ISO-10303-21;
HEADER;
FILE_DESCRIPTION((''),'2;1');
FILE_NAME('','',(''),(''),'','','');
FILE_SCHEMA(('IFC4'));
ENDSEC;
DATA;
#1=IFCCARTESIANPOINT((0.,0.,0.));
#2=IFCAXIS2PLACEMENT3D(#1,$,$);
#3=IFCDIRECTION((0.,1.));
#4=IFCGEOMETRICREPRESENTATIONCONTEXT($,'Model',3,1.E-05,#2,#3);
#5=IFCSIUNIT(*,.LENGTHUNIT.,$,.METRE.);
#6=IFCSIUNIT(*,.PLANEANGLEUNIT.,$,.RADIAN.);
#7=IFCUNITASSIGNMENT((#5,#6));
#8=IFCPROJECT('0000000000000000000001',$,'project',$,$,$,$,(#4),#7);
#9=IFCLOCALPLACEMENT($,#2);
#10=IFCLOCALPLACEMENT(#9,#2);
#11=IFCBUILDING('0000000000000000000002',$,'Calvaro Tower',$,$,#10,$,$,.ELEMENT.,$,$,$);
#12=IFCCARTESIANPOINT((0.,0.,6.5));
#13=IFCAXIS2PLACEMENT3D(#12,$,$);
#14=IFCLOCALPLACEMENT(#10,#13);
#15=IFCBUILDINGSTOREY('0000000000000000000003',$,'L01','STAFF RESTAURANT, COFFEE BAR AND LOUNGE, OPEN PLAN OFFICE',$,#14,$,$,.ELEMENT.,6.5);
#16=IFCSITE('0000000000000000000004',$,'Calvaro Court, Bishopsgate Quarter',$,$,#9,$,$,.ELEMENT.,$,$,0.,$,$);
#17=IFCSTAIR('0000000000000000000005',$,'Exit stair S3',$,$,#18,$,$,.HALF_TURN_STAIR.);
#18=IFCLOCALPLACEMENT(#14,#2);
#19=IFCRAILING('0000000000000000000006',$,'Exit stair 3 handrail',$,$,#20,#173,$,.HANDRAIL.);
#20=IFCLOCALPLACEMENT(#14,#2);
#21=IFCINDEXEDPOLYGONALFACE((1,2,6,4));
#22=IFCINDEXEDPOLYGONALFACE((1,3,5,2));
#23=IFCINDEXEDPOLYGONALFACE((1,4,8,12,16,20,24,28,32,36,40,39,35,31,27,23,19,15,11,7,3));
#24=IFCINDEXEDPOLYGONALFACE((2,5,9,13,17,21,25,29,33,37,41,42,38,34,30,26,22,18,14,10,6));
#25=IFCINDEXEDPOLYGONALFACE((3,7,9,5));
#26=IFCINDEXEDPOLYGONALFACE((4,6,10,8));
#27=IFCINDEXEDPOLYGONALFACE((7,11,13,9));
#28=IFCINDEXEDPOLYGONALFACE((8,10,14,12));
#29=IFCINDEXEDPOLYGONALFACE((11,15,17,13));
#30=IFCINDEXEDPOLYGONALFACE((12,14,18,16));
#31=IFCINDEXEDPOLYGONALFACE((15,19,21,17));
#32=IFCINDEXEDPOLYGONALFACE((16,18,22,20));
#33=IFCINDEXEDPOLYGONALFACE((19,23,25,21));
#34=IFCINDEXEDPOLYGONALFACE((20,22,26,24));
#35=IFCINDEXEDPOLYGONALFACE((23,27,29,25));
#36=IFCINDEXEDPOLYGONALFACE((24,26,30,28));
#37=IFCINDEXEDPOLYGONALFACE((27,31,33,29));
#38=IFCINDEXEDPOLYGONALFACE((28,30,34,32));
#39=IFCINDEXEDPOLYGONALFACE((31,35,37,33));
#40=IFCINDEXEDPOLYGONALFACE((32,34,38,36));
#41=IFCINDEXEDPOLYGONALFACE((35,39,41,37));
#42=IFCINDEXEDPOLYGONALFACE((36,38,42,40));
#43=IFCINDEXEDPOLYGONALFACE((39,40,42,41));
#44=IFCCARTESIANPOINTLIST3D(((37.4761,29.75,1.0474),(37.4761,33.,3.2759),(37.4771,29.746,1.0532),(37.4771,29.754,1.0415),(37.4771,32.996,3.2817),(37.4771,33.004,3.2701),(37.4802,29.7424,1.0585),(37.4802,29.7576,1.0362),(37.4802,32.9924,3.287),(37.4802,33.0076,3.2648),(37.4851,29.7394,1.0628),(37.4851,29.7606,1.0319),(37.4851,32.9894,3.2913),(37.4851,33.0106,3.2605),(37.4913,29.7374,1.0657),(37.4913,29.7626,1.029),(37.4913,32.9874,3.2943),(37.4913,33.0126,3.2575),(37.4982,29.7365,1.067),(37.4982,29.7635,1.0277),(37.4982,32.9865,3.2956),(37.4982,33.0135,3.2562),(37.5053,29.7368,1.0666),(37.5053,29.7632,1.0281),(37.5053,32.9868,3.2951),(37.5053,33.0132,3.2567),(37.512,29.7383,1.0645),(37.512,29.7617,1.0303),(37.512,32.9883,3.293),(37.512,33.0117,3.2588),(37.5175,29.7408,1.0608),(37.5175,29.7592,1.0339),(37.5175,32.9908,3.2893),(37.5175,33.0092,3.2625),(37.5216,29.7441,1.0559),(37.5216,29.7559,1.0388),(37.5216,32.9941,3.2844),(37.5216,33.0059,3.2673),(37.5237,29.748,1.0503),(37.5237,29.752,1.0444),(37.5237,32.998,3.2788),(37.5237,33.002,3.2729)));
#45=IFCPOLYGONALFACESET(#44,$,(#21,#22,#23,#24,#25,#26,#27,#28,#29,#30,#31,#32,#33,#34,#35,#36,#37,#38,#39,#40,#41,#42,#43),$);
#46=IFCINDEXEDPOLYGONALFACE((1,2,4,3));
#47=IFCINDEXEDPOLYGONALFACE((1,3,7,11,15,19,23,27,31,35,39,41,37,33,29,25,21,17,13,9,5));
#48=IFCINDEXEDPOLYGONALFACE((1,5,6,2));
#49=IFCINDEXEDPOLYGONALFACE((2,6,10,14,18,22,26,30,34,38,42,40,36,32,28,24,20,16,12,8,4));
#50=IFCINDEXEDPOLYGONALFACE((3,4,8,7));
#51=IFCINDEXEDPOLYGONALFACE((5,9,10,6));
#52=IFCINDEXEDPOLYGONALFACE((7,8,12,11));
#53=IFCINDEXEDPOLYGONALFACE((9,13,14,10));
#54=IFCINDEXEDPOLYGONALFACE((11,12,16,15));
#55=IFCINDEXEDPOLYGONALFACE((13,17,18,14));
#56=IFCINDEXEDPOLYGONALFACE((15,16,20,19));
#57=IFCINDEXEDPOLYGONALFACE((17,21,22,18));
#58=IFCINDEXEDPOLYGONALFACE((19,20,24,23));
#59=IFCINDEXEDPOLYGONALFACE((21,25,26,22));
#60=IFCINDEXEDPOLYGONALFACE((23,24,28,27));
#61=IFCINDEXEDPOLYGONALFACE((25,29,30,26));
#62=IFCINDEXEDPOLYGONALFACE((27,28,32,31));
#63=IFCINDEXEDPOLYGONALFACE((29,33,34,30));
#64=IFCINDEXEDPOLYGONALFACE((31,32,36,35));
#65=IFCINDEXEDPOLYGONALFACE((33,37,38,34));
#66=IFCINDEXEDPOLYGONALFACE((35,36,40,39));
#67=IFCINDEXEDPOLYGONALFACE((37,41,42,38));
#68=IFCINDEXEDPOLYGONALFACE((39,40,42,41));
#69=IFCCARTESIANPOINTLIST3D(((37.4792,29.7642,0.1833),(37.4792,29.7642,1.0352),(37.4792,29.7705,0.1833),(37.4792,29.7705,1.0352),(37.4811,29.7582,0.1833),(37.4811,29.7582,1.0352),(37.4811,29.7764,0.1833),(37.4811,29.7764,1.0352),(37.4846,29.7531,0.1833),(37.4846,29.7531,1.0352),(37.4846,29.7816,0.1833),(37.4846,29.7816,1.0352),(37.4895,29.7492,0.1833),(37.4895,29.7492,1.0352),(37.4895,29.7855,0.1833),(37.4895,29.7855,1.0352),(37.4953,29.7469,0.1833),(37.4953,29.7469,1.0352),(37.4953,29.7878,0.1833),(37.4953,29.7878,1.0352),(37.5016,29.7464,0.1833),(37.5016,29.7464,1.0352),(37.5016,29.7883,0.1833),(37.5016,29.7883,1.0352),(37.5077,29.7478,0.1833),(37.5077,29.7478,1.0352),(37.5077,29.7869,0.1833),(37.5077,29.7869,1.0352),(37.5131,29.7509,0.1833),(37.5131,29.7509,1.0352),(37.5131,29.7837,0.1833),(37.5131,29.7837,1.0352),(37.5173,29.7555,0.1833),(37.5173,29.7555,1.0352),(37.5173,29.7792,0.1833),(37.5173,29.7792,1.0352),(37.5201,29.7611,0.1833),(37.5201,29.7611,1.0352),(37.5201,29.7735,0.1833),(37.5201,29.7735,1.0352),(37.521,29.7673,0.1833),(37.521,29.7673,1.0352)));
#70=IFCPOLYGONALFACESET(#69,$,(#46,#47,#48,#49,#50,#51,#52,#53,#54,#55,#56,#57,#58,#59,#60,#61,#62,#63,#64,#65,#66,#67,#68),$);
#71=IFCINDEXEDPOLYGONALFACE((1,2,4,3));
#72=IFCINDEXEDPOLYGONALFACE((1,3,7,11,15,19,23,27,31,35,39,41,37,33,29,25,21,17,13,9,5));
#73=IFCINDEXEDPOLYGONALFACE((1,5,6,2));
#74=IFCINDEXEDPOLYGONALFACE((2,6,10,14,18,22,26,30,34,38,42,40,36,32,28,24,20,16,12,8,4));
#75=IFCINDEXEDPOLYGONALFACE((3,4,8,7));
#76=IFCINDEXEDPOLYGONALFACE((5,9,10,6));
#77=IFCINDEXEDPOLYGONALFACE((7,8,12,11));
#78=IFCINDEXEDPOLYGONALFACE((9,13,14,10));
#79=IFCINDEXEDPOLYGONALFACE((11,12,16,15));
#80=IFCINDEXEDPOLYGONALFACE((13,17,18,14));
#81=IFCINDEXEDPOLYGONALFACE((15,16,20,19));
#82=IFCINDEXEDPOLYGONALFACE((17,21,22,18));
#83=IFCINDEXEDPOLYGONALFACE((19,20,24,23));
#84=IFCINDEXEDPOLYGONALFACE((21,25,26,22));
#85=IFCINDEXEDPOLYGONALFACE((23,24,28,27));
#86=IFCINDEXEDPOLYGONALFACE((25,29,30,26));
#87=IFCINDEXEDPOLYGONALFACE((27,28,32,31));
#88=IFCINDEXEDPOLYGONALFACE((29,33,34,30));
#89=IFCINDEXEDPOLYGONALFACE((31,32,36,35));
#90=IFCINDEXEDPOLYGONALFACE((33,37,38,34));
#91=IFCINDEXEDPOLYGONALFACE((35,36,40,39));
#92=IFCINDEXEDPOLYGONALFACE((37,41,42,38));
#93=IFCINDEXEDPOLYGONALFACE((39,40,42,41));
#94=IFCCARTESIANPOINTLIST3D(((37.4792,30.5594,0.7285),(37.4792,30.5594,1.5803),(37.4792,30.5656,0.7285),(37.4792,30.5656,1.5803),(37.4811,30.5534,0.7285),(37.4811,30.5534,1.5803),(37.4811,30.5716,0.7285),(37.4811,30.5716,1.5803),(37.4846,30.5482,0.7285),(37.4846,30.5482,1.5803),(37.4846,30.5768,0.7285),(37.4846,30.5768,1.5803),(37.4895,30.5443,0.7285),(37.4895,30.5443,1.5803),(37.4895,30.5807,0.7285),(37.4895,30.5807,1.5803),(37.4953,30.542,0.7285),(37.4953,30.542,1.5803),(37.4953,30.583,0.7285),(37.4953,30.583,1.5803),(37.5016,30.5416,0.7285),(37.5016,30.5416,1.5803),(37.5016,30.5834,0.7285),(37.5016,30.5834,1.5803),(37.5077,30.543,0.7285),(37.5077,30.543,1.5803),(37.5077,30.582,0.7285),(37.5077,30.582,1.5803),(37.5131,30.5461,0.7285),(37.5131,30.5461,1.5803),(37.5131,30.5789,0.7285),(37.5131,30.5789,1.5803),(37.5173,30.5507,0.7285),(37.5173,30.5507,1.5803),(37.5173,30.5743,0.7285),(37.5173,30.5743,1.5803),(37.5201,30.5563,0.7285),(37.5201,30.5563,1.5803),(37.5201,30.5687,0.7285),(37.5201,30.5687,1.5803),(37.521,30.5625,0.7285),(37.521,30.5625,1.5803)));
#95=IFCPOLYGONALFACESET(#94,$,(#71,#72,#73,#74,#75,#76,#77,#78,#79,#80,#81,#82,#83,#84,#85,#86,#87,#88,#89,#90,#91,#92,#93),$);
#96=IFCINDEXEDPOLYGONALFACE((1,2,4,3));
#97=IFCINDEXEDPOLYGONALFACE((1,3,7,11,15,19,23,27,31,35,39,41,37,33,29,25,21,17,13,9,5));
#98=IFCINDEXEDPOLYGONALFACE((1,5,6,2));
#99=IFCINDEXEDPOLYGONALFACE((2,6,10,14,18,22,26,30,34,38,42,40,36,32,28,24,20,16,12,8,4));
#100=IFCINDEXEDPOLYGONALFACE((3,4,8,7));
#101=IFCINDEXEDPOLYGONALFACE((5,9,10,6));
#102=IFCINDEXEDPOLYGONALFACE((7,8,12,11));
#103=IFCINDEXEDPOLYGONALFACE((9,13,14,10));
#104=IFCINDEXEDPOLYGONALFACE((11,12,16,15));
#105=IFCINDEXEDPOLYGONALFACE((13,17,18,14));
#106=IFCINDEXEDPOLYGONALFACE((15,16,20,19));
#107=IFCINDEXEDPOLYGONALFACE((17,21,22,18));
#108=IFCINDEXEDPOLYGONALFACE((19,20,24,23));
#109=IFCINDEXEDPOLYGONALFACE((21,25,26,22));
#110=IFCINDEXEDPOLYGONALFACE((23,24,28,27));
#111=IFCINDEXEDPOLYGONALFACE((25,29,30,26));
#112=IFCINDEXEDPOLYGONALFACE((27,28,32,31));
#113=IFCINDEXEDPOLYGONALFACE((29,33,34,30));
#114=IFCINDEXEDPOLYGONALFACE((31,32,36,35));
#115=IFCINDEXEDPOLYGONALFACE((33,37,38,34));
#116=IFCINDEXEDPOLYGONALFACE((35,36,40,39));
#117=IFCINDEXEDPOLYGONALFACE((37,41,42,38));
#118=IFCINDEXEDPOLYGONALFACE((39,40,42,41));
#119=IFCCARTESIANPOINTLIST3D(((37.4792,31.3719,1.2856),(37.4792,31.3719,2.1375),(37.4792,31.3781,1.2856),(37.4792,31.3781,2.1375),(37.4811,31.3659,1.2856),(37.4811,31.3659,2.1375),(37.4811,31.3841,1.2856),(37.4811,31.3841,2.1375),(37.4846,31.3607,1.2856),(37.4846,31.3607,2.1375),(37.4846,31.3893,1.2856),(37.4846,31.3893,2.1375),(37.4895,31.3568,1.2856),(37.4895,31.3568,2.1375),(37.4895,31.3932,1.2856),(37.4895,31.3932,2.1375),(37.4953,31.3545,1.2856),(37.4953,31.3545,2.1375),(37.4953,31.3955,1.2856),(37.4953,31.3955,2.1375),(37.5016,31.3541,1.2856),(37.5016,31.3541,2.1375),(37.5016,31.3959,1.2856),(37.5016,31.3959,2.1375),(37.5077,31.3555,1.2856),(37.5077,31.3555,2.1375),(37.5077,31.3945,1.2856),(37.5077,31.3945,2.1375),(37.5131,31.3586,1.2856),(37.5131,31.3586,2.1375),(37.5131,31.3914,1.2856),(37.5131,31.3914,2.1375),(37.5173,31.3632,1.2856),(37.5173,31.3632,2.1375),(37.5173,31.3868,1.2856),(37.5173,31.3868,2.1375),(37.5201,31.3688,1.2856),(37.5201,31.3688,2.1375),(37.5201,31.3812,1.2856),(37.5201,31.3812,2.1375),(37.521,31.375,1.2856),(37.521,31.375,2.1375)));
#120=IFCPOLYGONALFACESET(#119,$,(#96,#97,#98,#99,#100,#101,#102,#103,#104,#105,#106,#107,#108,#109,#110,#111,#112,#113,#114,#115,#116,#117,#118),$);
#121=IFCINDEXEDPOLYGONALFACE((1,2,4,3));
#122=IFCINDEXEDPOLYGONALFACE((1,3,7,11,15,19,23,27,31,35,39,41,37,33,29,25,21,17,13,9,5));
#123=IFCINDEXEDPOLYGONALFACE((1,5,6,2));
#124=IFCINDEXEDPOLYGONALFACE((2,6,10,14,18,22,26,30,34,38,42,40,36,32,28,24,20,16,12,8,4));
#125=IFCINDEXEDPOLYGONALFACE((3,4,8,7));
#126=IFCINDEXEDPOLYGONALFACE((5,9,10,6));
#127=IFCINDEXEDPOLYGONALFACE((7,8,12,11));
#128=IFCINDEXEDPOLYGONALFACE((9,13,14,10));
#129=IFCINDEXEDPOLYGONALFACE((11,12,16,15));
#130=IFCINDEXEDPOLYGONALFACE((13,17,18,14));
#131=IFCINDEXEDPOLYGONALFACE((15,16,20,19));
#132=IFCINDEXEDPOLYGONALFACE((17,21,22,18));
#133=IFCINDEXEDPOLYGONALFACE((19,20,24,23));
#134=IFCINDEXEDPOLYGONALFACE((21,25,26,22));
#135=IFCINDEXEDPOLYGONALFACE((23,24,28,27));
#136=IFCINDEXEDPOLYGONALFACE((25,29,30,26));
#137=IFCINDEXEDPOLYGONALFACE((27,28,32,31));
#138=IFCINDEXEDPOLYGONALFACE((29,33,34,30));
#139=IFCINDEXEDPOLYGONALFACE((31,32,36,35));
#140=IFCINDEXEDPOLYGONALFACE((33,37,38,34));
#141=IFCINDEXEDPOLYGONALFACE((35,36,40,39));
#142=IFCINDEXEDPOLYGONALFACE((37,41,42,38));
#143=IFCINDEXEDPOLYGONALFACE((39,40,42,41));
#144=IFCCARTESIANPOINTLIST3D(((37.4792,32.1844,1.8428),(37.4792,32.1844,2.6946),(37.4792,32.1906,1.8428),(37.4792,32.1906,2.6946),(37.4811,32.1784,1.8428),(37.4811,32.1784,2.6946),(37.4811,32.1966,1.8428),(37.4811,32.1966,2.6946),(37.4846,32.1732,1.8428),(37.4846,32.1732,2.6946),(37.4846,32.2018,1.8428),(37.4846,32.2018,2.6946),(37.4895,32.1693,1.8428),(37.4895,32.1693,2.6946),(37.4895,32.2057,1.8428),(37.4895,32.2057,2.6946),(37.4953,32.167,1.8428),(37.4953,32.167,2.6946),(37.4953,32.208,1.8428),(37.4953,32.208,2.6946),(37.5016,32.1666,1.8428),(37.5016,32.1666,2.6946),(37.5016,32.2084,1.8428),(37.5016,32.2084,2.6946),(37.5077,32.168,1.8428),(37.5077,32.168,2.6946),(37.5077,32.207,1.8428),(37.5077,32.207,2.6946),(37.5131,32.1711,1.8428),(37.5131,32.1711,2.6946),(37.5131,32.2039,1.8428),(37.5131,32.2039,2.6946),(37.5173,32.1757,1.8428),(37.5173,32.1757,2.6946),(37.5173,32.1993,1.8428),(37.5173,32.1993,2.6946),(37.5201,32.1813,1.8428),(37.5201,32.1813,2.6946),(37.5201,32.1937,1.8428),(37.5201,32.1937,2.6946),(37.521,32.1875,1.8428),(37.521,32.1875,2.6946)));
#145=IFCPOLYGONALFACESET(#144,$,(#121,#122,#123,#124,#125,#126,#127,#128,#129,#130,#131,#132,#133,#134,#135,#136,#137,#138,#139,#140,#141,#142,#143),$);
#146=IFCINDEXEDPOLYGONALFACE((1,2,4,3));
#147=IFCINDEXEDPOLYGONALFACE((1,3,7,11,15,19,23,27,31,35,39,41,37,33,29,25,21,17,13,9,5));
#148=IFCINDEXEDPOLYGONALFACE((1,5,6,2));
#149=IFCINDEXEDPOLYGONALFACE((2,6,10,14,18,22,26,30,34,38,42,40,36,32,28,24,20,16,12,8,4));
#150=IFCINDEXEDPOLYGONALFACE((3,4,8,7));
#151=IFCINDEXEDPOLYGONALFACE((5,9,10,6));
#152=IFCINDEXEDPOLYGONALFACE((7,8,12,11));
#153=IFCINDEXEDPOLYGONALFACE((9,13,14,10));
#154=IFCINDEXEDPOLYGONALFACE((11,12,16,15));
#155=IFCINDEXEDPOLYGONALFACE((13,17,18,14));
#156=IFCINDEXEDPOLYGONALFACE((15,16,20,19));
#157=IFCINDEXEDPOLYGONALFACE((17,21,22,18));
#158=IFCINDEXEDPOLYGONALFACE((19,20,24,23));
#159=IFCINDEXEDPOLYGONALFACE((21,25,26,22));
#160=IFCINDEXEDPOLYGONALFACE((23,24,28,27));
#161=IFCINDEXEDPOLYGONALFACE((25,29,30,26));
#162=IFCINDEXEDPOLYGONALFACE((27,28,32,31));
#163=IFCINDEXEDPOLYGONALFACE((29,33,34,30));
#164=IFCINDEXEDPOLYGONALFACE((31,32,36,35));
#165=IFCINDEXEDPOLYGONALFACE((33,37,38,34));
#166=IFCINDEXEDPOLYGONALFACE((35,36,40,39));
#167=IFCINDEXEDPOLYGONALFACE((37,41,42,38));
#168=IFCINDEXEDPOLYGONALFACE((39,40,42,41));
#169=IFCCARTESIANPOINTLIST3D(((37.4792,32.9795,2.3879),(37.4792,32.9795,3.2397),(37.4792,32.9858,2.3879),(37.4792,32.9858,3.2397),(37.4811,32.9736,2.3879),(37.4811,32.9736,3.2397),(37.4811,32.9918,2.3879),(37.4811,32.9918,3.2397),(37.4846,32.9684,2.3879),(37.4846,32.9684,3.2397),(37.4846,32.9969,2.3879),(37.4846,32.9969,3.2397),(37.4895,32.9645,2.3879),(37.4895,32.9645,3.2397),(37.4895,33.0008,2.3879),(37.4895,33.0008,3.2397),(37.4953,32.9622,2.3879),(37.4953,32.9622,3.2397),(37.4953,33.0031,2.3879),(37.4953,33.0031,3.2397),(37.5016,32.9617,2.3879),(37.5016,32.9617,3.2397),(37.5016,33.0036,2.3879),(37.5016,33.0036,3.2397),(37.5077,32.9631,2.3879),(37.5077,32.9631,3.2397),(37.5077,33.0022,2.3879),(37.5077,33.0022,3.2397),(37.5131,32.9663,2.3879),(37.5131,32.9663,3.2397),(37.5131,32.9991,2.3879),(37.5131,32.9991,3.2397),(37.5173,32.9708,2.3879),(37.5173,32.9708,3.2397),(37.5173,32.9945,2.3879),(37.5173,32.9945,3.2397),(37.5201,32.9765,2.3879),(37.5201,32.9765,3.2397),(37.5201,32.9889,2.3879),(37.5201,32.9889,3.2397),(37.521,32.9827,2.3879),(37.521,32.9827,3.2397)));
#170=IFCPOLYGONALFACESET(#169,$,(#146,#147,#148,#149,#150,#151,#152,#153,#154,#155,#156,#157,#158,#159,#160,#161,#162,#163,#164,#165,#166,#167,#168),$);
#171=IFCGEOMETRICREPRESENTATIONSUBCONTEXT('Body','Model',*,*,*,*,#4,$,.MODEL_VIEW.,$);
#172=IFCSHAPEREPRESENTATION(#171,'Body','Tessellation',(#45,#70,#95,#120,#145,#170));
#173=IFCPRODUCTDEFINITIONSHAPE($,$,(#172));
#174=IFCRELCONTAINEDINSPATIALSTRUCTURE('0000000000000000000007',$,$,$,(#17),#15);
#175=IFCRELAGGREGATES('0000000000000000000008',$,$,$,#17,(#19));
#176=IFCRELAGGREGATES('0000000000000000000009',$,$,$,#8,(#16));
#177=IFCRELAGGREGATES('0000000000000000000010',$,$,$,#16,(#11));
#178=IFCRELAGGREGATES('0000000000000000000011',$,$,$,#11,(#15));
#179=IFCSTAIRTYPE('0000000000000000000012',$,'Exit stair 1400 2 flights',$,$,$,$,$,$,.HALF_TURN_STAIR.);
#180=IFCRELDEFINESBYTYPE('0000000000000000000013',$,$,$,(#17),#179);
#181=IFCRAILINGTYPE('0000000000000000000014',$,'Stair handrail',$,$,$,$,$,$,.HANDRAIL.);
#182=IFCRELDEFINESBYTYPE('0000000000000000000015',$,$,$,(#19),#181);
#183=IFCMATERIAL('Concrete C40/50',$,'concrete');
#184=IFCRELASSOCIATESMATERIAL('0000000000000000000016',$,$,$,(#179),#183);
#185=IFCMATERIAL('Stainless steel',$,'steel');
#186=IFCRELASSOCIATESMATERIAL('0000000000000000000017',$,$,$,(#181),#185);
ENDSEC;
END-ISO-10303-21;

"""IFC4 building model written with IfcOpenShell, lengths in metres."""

from ifc_helpers import new_model, si_unit, direction, frame, origin, origin_2d, place, context, subcontext, project, spatial, circle, extrude, material, type_object, element, aggregate, save


model = new_model("IFC4")

# Units and contexts
model_context = context("Model", 3, precision=1e-05, world=origin(), true_north=direction((0.0, 1.0)))
body_context = subcontext(model_context, "Body", "Model", "MODEL_VIEW")
ifc_project = project(units=[si_unit("LENGTHUNIT", "METRE"), si_unit("PLANEANGLEUNIT", "RADIAN")], contexts=[model_context])

# Site, building, storey
site_placement = place(None, origin())
site = spatial("IfcSite", under=ifc_project, at=site_placement, Name="Calvaro Court, Bishopsgate Quarter", CompositionType="ELEMENT", RefElevation=0.0)
building_placement = place(site_placement, origin())
building = spatial("IfcBuilding", under=site, at=building_placement, Name="Calvaro Tower", CompositionType="ELEMENT")
storey_placement = place(building_placement, frame((0.0, 0.0, 6.5)))
storey = spatial("IfcBuildingStorey", under=building, at=storey_placement, Name="L01", Description="STAFF RESTAURANT, COFFEE BAR AND LOUNGE, OPEN PLAN OFFICE", CompositionType="ELEMENT", Elevation=6.5)

# Stair, railing
ifc_material_1 = material(Name="Concrete C40/50", Category="concrete")
stair_type = type_object("IfcStairType", Name="Exit stair 1400 2 flights", PredefinedType="HALF_TURN_STAIR", material=ifc_material_1)
stair_placement = place(storey_placement, origin())
stair = element("IfcStair", 1, at=stair_placement, inside=storey, type_object=stair_type, Name="Exit stair S3", PredefinedType="HALF_TURN_STAIR")
ifc_material_2 = material(Name="Stainless steel", Category="steel")
railing_type = type_object("IfcRailingType", Name="Stair handrail", PredefinedType="HANDRAIL", material=ifc_material_2)
railing_1_placement = place(storey_placement, frame((37.5, 29.75, 0.1714)))
railing_1 = element("IfcRailing", 2, at=railing_1_placement, type_object=railing_type, Name="Exit stair 3 handrail", PredefinedType="HANDRAIL", context=body_context, shape_type="SweptSolid", body=[
    extrude(circle(Radius=0.0239, at=origin_2d()), frame((0.0, 0.0, 0.876), z_axis=(0.0, 0.824735, 0.565519), x_axis=(-1.0, 0.0, 0.0)), (0.0, 0.0, 1.0), 3.9407),
    extrude(circle(Radius=0.021, at=origin_2d()), frame((0.0, 0.0173, 0.012)), (0.0, 0.0, 1.0), 0.8518),
    extrude(circle(Radius=0.021, at=origin_2d()), frame((0.0, 0.8125, 0.5571)), (0.0, 0.0, 1.0), 0.8518),
    extrude(circle(Radius=0.021, at=origin_2d()), frame((0.0, 1.625, 1.1143)), (0.0, 0.0, 1.0), 0.8518),
    extrude(circle(Radius=0.021, at=origin_2d()), frame((0.0, 2.4375, 1.6714)), (0.0, 0.0, 1.0), 0.8518),
    extrude(circle(Radius=0.021, at=origin_2d()), frame((0.0, 3.2327, 2.2166)), (0.0, 0.0, 1.0), 0.8518),
])
aggregate(stair, [railing_1])

save(model, "model.ifc")
